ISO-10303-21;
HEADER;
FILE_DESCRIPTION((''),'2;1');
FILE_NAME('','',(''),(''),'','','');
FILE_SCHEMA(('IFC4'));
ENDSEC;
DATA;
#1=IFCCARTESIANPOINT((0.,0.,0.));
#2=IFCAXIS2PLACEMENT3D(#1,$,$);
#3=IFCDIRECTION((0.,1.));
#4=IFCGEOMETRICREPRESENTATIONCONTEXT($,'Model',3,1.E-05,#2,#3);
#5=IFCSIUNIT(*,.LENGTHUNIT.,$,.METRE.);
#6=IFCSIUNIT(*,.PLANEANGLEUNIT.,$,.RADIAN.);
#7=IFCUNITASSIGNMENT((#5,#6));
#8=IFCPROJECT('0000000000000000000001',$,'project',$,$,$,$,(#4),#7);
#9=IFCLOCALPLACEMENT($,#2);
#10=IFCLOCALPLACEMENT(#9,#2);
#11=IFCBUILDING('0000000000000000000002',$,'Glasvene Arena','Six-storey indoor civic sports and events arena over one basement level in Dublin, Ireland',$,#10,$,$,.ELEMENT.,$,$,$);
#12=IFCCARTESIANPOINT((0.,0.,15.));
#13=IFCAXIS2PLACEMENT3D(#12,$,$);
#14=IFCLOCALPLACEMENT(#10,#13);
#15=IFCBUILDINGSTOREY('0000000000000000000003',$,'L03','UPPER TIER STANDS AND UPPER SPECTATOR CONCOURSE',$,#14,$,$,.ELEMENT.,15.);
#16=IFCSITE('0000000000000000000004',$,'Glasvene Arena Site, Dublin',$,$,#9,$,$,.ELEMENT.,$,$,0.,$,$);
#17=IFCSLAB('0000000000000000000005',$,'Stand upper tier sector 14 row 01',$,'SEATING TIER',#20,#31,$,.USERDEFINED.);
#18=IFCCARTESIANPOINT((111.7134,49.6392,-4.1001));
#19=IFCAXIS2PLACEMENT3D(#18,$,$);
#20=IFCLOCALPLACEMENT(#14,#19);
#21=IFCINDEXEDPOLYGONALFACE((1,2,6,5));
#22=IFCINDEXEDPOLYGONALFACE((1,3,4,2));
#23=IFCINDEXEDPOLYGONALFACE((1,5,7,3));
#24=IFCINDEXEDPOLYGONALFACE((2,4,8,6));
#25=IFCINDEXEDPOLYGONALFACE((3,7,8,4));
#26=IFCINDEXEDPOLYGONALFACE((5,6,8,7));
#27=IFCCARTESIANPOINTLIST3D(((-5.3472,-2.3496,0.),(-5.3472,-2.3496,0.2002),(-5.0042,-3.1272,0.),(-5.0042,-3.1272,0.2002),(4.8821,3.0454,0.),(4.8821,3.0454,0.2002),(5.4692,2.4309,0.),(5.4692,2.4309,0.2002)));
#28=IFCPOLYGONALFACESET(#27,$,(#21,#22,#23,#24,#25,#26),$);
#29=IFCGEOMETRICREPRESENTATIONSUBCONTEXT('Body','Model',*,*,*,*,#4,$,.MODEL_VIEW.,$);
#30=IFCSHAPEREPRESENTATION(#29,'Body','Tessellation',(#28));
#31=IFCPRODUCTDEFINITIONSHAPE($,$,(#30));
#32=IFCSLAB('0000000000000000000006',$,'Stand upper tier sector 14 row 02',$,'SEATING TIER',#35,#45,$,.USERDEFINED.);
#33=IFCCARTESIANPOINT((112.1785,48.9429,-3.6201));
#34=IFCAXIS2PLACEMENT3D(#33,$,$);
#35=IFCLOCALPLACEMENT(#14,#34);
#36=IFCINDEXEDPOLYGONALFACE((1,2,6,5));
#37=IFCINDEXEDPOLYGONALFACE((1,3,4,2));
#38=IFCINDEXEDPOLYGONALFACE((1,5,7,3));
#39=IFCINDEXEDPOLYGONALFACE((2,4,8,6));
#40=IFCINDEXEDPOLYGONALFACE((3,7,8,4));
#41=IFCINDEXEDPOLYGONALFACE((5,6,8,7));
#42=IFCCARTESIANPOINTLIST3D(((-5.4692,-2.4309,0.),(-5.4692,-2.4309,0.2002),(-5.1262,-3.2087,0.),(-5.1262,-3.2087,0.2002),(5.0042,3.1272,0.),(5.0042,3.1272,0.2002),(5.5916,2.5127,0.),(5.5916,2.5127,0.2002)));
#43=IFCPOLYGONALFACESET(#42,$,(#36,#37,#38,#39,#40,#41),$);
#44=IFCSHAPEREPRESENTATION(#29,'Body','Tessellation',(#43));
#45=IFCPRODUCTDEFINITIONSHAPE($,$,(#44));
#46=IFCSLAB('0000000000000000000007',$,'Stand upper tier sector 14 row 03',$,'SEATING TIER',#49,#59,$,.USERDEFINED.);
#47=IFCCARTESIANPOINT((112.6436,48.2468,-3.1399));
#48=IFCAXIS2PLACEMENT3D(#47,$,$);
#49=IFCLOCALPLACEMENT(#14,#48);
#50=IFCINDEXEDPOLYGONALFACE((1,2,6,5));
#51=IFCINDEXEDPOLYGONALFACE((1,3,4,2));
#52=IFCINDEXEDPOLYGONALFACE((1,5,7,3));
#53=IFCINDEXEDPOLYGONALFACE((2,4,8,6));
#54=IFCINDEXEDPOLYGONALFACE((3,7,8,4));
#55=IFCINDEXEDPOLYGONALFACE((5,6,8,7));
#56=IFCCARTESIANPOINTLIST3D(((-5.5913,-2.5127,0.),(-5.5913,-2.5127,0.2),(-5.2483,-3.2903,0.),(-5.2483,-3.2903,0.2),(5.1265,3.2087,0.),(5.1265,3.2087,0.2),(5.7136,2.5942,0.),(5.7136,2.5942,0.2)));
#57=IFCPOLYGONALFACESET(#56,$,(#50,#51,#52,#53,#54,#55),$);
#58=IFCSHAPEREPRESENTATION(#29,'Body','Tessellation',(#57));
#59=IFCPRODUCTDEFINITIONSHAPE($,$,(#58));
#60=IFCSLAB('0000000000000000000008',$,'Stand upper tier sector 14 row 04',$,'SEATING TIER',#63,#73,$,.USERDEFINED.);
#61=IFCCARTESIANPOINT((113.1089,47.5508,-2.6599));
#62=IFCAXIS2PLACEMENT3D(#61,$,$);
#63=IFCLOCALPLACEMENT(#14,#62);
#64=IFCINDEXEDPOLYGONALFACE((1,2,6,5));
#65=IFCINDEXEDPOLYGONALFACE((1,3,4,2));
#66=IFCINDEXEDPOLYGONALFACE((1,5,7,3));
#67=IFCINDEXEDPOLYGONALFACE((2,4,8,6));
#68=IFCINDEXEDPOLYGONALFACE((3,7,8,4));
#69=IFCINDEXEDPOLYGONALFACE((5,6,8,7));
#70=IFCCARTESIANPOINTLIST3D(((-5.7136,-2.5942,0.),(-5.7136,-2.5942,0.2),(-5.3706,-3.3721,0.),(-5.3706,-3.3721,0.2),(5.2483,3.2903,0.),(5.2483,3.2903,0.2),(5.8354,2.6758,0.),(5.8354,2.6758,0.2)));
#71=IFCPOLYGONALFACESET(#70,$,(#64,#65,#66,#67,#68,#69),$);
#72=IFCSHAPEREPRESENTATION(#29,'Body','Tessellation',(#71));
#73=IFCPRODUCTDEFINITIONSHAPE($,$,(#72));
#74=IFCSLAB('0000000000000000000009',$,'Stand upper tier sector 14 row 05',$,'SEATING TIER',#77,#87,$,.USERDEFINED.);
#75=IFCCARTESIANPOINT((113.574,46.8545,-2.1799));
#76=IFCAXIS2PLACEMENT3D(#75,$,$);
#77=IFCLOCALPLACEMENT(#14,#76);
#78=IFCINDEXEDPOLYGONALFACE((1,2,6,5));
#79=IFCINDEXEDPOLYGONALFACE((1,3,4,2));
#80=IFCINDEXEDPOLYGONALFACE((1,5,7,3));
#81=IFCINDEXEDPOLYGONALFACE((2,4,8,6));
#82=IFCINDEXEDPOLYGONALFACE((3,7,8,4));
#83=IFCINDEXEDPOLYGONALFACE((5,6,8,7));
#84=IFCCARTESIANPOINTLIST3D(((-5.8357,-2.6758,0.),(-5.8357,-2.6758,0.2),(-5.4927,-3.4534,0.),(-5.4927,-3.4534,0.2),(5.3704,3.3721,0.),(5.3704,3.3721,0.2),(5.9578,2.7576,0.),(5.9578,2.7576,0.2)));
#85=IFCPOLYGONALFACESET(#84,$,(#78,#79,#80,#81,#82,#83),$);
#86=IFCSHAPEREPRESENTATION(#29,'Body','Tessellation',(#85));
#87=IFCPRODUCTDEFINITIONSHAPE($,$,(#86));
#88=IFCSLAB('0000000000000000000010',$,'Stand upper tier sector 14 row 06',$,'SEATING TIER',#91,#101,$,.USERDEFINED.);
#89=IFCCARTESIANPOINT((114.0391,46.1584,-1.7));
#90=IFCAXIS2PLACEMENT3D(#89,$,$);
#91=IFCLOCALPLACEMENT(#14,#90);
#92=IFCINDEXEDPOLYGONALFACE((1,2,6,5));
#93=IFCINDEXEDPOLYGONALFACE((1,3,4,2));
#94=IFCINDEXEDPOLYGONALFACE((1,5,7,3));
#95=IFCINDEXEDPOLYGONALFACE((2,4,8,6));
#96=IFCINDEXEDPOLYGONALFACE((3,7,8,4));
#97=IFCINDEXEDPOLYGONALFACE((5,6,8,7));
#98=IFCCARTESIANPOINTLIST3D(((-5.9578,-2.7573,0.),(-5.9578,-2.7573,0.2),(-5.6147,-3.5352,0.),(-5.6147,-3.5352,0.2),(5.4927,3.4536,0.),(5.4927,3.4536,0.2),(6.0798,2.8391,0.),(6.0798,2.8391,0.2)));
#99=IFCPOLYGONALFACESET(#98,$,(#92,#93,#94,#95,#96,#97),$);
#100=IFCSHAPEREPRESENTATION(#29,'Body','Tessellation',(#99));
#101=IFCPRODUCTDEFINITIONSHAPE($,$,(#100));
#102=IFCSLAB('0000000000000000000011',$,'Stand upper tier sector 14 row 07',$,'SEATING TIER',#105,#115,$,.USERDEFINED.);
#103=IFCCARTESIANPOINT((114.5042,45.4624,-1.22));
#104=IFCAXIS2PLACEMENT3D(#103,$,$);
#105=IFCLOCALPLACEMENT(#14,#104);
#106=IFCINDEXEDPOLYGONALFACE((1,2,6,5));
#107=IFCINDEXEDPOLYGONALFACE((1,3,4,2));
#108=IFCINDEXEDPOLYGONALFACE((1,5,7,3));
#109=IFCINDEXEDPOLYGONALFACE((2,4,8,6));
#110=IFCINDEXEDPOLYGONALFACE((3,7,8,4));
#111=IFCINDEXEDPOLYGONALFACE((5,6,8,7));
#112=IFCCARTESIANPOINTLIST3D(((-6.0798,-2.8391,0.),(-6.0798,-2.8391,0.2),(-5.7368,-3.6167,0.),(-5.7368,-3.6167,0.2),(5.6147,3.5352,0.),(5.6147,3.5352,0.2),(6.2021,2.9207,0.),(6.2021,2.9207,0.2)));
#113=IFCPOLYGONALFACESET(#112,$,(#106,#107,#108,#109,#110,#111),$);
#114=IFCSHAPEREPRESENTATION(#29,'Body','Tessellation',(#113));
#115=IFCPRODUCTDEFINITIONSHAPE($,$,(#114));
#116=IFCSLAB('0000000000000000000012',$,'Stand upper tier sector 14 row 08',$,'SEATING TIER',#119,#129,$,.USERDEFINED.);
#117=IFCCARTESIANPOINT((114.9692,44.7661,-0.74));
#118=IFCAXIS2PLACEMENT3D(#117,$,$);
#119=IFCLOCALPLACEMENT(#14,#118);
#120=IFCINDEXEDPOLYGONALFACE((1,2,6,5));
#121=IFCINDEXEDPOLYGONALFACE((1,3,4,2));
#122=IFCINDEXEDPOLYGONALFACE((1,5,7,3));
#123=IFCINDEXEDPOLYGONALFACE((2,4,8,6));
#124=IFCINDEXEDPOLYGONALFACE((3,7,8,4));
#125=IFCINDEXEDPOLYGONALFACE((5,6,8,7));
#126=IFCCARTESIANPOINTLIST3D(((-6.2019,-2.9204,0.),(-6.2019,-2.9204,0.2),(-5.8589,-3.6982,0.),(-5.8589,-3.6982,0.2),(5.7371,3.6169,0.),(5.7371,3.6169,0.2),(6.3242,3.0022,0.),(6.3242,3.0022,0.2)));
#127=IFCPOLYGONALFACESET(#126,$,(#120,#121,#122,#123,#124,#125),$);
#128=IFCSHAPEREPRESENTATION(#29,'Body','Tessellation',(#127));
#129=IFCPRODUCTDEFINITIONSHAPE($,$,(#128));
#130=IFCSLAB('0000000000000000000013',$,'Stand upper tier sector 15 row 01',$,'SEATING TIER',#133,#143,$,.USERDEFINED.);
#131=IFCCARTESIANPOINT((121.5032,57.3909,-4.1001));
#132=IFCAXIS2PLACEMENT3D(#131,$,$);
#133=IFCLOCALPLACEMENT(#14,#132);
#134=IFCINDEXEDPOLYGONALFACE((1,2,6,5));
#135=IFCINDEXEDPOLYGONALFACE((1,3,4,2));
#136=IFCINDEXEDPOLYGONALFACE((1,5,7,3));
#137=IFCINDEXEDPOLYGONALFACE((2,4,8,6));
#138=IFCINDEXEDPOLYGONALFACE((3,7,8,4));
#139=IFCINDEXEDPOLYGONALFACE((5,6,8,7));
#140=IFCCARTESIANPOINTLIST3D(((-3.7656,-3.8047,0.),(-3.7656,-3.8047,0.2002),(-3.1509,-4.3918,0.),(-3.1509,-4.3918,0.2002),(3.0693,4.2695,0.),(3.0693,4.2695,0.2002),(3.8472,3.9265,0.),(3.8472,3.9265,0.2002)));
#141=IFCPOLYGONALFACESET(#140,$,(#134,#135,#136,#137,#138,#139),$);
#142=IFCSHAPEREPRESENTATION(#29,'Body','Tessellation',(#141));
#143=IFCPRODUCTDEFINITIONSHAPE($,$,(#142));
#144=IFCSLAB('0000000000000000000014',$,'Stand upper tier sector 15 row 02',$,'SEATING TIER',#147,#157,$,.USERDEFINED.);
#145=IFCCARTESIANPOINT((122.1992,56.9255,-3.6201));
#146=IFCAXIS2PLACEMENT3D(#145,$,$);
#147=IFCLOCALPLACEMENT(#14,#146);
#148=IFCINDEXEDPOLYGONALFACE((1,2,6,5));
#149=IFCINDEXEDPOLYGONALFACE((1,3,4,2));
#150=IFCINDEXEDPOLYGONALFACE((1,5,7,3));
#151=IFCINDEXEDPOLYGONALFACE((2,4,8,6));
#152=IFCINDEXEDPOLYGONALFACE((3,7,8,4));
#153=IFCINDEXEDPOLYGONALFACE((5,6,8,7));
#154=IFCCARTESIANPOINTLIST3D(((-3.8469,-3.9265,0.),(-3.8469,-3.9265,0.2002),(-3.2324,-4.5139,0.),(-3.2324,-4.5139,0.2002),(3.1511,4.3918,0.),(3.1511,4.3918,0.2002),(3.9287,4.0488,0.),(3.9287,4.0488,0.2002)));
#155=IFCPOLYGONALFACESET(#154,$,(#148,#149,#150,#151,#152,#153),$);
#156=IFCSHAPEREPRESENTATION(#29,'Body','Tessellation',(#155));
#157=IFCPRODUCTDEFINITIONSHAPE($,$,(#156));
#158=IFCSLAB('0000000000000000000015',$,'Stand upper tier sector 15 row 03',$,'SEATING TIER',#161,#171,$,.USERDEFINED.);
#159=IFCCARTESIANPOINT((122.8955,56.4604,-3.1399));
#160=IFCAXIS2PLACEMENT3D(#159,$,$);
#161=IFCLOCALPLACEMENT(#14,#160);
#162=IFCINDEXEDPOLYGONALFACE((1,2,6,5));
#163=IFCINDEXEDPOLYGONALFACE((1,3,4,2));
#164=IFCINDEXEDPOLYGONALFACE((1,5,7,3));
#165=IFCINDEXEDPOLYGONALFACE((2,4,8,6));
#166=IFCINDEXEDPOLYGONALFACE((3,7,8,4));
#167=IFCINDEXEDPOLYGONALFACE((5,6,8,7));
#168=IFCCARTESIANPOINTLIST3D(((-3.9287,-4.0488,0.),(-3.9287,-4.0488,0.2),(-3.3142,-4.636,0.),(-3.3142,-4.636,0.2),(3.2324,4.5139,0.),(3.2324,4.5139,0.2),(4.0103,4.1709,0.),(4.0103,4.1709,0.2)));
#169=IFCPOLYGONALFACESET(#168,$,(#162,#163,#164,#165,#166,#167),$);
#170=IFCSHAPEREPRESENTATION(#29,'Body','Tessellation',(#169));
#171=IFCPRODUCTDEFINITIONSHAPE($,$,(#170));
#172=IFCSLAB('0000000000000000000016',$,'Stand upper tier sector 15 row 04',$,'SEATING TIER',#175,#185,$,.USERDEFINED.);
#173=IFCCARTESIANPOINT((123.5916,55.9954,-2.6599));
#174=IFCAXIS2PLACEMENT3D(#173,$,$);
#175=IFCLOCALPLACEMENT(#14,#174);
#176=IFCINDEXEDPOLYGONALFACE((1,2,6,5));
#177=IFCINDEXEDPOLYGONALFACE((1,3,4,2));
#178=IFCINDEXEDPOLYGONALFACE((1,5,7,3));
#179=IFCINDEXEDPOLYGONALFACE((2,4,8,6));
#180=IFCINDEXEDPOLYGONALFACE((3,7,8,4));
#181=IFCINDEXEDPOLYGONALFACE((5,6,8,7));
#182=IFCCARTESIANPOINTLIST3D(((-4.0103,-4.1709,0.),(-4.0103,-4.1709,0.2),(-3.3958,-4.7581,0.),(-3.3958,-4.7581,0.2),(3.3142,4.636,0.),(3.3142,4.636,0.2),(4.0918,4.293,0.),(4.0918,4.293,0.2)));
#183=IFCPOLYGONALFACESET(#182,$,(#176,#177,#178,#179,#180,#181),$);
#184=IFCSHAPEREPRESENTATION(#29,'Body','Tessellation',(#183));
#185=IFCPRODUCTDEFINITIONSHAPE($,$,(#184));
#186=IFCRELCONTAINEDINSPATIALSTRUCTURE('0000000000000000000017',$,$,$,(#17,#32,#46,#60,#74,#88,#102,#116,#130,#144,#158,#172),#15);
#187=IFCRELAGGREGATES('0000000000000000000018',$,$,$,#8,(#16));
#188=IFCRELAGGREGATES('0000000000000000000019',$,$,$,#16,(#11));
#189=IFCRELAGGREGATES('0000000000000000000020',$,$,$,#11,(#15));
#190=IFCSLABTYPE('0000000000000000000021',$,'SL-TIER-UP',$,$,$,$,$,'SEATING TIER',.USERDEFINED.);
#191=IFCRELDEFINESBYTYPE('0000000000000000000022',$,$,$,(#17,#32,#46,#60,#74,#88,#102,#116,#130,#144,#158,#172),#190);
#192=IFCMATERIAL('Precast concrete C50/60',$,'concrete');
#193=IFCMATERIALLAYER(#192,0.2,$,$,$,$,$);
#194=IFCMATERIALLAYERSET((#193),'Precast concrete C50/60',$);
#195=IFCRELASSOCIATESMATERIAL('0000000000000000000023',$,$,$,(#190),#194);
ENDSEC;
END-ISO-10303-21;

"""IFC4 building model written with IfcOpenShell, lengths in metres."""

from ifc_helpers import new_model, si_unit, direction, frame, origin, place, context, subcontext, project, spatial, polyline, outline, extrude, material, layer, layer_set, type_object, element, save


model = new_model("IFC4")

# Units and contexts
model_context = context("Model", 3, precision=1e-05, world=origin(), true_north=direction((0.0, 1.0)))
body_context = subcontext(model_context, "Body", "Model", "MODEL_VIEW")
ifc_project = project(units=[si_unit("LENGTHUNIT", "METRE"), si_unit("PLANEANGLEUNIT", "RADIAN")], contexts=[model_context])

# Site, building, storey
site_placement = place(None, origin())
site = spatial("IfcSite", under=ifc_project, at=site_placement, Name="Glasvene Arena Site, Dublin", CompositionType="ELEMENT", RefElevation=0.0)
building_placement = place(site_placement, origin())
building = spatial("IfcBuilding", under=site, at=building_placement, Name="Glasvene Arena", Description="Six-storey indoor civic sports and events arena over one basement level in Dublin, Ireland", CompositionType="ELEMENT")
storey_placement = place(building_placement, frame((0.0, 0.0, 15.0)))
storey = spatial("IfcBuildingStorey", under=building, at=storey_placement, Name="L03", Description="UPPER TIER STANDS AND UPPER SPECTATOR CONCOURSE", CompositionType="ELEMENT", Elevation=15.0)

# Shared definitions
ifc_material_1 = material(Name="Precast concrete C50/60", Category="concrete")

# Slabs
ifc_layer = layer(ifc_material_1, 0.2)
ifc_layer_set = layer_set([ifc_layer], Name="Precast concrete C50/60")
slab_type = type_object("IfcSlabType", Name="SL-TIER-UP", ElementType="SEATING TIER", PredefinedType="USERDEFINED", material=ifc_layer_set)
slab_1_placement = place(storey_placement, frame((111.7134, 49.6392, -4.1001)))
element("IfcSlab", 1, at=slab_1_placement, inside=storey, type_object=slab_type, Name="Stand upper tier sector 14 row 01", ObjectType="SEATING TIER", PredefinedType="USERDEFINED", context=body_context, shape_type="SweptSolid", body=[
    extrude(outline(polyline([(-5.3472, -2.3496), (4.8821, 3.0454), (5.4692, 2.4309), (-5.0042, -3.1272), (-5.3472, -2.3496)])), origin(), (0.0, 0.0, 1.0), 0.2002),
])
slab_2_placement = place(storey_placement, frame((112.1785, 48.9429, -3.6201)))
element("IfcSlab", 2, at=slab_2_placement, inside=storey, type_object=slab_type, Name="Stand upper tier sector 14 row 02", ObjectType="SEATING TIER", PredefinedType="USERDEFINED", context=body_context, shape_type="SweptSolid", body=[
    extrude(outline(polyline([(-5.4692, -2.4309), (5.0042, 3.1272), (5.5916, 2.5127), (-5.1262, -3.2087), (-5.4692, -2.4309)])), origin(), (0.0, 0.0, 1.0), 0.2002),
])
slab_3_placement = place(storey_placement, frame((112.6436, 48.2468, -3.1399)))
element("IfcSlab", 3, at=slab_3_placement, inside=storey, type_object=slab_type, Name="Stand upper tier sector 14 row 03", ObjectType="SEATING TIER", PredefinedType="USERDEFINED", context=body_context, shape_type="SweptSolid", body=[
    extrude(outline(polyline([(-5.5913, -2.5127), (5.1265, 3.2087), (5.7136, 2.5942), (-5.2483, -3.2903), (-5.5913, -2.5127)])), origin(), (0.0, 0.0, 1.0), 0.2),
])
slab_4_placement = place(storey_placement, frame((113.1089, 47.5508, -2.6599)))
element("IfcSlab", 4, at=slab_4_placement, inside=storey, type_object=slab_type, Name="Stand upper tier sector 14 row 04", ObjectType="SEATING TIER", PredefinedType="USERDEFINED", context=body_context, shape_type="SweptSolid", body=[
    extrude(outline(polyline([(-5.7136, -2.5942), (5.2483, 3.2903), (5.8354, 2.6758), (-5.3706, -3.3721), (-5.7136, -2.5942)])), origin(), (0.0, 0.0, 1.0), 0.2),
])
slab_5_placement = place(storey_placement, frame((113.574, 46.8545, -2.1799)))
element("IfcSlab", 5, at=slab_5_placement, inside=storey, type_object=slab_type, Name="Stand upper tier sector 14 row 05", ObjectType="SEATING TIER", PredefinedType="USERDEFINED", context=body_context, shape_type="SweptSolid", body=[
    extrude(outline(polyline([(-5.8357, -2.6758), (5.3704, 3.3721), (5.9578, 2.7576), (-5.4927, -3.4534), (-5.8357, -2.6758)])), origin(), (0.0, 0.0, 1.0), 0.2),
])
slab_6_placement = place(storey_placement, frame((114.0391, 46.1584, -1.7)))
element("IfcSlab", 6, at=slab_6_placement, inside=storey, type_object=slab_type, Name="Stand upper tier sector 14 row 06", ObjectType="SEATING TIER", PredefinedType="USERDEFINED", context=body_context, shape_type="SweptSolid", body=[
    extrude(outline(polyline([(-5.9578, -2.7573), (5.4927, 3.4536), (6.0798, 2.8391), (-5.6147, -3.5352), (-5.9578, -2.7573)])), origin(), (0.0, 0.0, 1.0), 0.2),
])
slab_7_placement = place(storey_placement, frame((114.5042, 45.4624, -1.22)))
element("IfcSlab", 7, at=slab_7_placement, inside=storey, type_object=slab_type, Name="Stand upper tier sector 14 row 07", ObjectType="SEATING TIER", PredefinedType="USERDEFINED", context=body_context, shape_type="SweptSolid", body=[
    extrude(outline(polyline([(-6.0798, -2.8391), (5.6147, 3.5352), (6.2021, 2.9207), (-5.7368, -3.6167), (-6.0798, -2.8391)])), origin(), (0.0, 0.0, 1.0), 0.2),
])
slab_8_placement = place(storey_placement, frame((114.9692, 44.7661, -0.74)))
element("IfcSlab", 8, at=slab_8_placement, inside=storey, type_object=slab_type, Name="Stand upper tier sector 14 row 08", ObjectType="SEATING TIER", PredefinedType="USERDEFINED", context=body_context, shape_type="SweptSolid", body=[
    extrude(outline(polyline([(-6.2019, -2.9204), (5.7371, 3.6169), (6.3242, 3.0022), (-5.8589, -3.6982), (-6.2019, -2.9204)])), origin(), (0.0, 0.0, 1.0), 0.2),
])
slab_9_placement = place(storey_placement, frame((121.5032, 57.3909, -4.1001)))
element("IfcSlab", 9, at=slab_9_placement, inside=storey, type_object=slab_type, Name="Stand upper tier sector 15 row 01", ObjectType="SEATING TIER", PredefinedType="USERDEFINED", context=body_context, shape_type="SweptSolid", body=[
    extrude(outline(polyline([(-3.7656, -3.8047), (3.0693, 4.2695), (3.8472, 3.9265), (-3.1509, -4.3918), (-3.7656, -3.8047)])), origin(), (0.0, 0.0, 1.0), 0.2002),
])
slab_10_placement = place(storey_placement, frame((122.1992, 56.9255, -3.6201)))
element("IfcSlab", 10, at=slab_10_placement, inside=storey, type_object=slab_type, Name="Stand upper tier sector 15 row 02", ObjectType="SEATING TIER", PredefinedType="USERDEFINED", context=body_context, shape_type="SweptSolid", body=[
    extrude(outline(polyline([(-3.8469, -3.9265), (3.1511, 4.3918), (3.9287, 4.0488), (-3.2324, -4.5139), (-3.8469, -3.9265)])), origin(), (0.0, 0.0, 1.0), 0.2002),
])
slab_11_placement = place(storey_placement, frame((122.8955, 56.4604, -3.1399)))
element("IfcSlab", 11, at=slab_11_placement, inside=storey, type_object=slab_type, Name="Stand upper tier sector 15 row 03", ObjectType="SEATING TIER", PredefinedType="USERDEFINED", context=body_context, shape_type="SweptSolid", body=[
    extrude(outline(polyline([(-3.9287, -4.0488), (3.2324, 4.5139), (4.0103, 4.1709), (-3.3142, -4.636), (-3.9287, -4.0488)])), origin(), (0.0, 0.0, 1.0), 0.2),
])
slab_12_placement = place(storey_placement, frame((123.5916, 55.9954, -2.6599)))
element("IfcSlab", 12, at=slab_12_placement, inside=storey, type_object=slab_type, Name="Stand upper tier sector 15 row 04", ObjectType="SEATING TIER", PredefinedType="USERDEFINED", context=body_context, shape_type="SweptSolid", body=[
    extrude(outline(polyline([(-4.0103, -4.1709), (3.3142, 4.636), (4.0918, 4.293), (-3.3958, -4.7581), (-4.0103, -4.1709)])), origin(), (0.0, 0.0, 1.0), 0.2),
])

save(model, "model.ifc")
